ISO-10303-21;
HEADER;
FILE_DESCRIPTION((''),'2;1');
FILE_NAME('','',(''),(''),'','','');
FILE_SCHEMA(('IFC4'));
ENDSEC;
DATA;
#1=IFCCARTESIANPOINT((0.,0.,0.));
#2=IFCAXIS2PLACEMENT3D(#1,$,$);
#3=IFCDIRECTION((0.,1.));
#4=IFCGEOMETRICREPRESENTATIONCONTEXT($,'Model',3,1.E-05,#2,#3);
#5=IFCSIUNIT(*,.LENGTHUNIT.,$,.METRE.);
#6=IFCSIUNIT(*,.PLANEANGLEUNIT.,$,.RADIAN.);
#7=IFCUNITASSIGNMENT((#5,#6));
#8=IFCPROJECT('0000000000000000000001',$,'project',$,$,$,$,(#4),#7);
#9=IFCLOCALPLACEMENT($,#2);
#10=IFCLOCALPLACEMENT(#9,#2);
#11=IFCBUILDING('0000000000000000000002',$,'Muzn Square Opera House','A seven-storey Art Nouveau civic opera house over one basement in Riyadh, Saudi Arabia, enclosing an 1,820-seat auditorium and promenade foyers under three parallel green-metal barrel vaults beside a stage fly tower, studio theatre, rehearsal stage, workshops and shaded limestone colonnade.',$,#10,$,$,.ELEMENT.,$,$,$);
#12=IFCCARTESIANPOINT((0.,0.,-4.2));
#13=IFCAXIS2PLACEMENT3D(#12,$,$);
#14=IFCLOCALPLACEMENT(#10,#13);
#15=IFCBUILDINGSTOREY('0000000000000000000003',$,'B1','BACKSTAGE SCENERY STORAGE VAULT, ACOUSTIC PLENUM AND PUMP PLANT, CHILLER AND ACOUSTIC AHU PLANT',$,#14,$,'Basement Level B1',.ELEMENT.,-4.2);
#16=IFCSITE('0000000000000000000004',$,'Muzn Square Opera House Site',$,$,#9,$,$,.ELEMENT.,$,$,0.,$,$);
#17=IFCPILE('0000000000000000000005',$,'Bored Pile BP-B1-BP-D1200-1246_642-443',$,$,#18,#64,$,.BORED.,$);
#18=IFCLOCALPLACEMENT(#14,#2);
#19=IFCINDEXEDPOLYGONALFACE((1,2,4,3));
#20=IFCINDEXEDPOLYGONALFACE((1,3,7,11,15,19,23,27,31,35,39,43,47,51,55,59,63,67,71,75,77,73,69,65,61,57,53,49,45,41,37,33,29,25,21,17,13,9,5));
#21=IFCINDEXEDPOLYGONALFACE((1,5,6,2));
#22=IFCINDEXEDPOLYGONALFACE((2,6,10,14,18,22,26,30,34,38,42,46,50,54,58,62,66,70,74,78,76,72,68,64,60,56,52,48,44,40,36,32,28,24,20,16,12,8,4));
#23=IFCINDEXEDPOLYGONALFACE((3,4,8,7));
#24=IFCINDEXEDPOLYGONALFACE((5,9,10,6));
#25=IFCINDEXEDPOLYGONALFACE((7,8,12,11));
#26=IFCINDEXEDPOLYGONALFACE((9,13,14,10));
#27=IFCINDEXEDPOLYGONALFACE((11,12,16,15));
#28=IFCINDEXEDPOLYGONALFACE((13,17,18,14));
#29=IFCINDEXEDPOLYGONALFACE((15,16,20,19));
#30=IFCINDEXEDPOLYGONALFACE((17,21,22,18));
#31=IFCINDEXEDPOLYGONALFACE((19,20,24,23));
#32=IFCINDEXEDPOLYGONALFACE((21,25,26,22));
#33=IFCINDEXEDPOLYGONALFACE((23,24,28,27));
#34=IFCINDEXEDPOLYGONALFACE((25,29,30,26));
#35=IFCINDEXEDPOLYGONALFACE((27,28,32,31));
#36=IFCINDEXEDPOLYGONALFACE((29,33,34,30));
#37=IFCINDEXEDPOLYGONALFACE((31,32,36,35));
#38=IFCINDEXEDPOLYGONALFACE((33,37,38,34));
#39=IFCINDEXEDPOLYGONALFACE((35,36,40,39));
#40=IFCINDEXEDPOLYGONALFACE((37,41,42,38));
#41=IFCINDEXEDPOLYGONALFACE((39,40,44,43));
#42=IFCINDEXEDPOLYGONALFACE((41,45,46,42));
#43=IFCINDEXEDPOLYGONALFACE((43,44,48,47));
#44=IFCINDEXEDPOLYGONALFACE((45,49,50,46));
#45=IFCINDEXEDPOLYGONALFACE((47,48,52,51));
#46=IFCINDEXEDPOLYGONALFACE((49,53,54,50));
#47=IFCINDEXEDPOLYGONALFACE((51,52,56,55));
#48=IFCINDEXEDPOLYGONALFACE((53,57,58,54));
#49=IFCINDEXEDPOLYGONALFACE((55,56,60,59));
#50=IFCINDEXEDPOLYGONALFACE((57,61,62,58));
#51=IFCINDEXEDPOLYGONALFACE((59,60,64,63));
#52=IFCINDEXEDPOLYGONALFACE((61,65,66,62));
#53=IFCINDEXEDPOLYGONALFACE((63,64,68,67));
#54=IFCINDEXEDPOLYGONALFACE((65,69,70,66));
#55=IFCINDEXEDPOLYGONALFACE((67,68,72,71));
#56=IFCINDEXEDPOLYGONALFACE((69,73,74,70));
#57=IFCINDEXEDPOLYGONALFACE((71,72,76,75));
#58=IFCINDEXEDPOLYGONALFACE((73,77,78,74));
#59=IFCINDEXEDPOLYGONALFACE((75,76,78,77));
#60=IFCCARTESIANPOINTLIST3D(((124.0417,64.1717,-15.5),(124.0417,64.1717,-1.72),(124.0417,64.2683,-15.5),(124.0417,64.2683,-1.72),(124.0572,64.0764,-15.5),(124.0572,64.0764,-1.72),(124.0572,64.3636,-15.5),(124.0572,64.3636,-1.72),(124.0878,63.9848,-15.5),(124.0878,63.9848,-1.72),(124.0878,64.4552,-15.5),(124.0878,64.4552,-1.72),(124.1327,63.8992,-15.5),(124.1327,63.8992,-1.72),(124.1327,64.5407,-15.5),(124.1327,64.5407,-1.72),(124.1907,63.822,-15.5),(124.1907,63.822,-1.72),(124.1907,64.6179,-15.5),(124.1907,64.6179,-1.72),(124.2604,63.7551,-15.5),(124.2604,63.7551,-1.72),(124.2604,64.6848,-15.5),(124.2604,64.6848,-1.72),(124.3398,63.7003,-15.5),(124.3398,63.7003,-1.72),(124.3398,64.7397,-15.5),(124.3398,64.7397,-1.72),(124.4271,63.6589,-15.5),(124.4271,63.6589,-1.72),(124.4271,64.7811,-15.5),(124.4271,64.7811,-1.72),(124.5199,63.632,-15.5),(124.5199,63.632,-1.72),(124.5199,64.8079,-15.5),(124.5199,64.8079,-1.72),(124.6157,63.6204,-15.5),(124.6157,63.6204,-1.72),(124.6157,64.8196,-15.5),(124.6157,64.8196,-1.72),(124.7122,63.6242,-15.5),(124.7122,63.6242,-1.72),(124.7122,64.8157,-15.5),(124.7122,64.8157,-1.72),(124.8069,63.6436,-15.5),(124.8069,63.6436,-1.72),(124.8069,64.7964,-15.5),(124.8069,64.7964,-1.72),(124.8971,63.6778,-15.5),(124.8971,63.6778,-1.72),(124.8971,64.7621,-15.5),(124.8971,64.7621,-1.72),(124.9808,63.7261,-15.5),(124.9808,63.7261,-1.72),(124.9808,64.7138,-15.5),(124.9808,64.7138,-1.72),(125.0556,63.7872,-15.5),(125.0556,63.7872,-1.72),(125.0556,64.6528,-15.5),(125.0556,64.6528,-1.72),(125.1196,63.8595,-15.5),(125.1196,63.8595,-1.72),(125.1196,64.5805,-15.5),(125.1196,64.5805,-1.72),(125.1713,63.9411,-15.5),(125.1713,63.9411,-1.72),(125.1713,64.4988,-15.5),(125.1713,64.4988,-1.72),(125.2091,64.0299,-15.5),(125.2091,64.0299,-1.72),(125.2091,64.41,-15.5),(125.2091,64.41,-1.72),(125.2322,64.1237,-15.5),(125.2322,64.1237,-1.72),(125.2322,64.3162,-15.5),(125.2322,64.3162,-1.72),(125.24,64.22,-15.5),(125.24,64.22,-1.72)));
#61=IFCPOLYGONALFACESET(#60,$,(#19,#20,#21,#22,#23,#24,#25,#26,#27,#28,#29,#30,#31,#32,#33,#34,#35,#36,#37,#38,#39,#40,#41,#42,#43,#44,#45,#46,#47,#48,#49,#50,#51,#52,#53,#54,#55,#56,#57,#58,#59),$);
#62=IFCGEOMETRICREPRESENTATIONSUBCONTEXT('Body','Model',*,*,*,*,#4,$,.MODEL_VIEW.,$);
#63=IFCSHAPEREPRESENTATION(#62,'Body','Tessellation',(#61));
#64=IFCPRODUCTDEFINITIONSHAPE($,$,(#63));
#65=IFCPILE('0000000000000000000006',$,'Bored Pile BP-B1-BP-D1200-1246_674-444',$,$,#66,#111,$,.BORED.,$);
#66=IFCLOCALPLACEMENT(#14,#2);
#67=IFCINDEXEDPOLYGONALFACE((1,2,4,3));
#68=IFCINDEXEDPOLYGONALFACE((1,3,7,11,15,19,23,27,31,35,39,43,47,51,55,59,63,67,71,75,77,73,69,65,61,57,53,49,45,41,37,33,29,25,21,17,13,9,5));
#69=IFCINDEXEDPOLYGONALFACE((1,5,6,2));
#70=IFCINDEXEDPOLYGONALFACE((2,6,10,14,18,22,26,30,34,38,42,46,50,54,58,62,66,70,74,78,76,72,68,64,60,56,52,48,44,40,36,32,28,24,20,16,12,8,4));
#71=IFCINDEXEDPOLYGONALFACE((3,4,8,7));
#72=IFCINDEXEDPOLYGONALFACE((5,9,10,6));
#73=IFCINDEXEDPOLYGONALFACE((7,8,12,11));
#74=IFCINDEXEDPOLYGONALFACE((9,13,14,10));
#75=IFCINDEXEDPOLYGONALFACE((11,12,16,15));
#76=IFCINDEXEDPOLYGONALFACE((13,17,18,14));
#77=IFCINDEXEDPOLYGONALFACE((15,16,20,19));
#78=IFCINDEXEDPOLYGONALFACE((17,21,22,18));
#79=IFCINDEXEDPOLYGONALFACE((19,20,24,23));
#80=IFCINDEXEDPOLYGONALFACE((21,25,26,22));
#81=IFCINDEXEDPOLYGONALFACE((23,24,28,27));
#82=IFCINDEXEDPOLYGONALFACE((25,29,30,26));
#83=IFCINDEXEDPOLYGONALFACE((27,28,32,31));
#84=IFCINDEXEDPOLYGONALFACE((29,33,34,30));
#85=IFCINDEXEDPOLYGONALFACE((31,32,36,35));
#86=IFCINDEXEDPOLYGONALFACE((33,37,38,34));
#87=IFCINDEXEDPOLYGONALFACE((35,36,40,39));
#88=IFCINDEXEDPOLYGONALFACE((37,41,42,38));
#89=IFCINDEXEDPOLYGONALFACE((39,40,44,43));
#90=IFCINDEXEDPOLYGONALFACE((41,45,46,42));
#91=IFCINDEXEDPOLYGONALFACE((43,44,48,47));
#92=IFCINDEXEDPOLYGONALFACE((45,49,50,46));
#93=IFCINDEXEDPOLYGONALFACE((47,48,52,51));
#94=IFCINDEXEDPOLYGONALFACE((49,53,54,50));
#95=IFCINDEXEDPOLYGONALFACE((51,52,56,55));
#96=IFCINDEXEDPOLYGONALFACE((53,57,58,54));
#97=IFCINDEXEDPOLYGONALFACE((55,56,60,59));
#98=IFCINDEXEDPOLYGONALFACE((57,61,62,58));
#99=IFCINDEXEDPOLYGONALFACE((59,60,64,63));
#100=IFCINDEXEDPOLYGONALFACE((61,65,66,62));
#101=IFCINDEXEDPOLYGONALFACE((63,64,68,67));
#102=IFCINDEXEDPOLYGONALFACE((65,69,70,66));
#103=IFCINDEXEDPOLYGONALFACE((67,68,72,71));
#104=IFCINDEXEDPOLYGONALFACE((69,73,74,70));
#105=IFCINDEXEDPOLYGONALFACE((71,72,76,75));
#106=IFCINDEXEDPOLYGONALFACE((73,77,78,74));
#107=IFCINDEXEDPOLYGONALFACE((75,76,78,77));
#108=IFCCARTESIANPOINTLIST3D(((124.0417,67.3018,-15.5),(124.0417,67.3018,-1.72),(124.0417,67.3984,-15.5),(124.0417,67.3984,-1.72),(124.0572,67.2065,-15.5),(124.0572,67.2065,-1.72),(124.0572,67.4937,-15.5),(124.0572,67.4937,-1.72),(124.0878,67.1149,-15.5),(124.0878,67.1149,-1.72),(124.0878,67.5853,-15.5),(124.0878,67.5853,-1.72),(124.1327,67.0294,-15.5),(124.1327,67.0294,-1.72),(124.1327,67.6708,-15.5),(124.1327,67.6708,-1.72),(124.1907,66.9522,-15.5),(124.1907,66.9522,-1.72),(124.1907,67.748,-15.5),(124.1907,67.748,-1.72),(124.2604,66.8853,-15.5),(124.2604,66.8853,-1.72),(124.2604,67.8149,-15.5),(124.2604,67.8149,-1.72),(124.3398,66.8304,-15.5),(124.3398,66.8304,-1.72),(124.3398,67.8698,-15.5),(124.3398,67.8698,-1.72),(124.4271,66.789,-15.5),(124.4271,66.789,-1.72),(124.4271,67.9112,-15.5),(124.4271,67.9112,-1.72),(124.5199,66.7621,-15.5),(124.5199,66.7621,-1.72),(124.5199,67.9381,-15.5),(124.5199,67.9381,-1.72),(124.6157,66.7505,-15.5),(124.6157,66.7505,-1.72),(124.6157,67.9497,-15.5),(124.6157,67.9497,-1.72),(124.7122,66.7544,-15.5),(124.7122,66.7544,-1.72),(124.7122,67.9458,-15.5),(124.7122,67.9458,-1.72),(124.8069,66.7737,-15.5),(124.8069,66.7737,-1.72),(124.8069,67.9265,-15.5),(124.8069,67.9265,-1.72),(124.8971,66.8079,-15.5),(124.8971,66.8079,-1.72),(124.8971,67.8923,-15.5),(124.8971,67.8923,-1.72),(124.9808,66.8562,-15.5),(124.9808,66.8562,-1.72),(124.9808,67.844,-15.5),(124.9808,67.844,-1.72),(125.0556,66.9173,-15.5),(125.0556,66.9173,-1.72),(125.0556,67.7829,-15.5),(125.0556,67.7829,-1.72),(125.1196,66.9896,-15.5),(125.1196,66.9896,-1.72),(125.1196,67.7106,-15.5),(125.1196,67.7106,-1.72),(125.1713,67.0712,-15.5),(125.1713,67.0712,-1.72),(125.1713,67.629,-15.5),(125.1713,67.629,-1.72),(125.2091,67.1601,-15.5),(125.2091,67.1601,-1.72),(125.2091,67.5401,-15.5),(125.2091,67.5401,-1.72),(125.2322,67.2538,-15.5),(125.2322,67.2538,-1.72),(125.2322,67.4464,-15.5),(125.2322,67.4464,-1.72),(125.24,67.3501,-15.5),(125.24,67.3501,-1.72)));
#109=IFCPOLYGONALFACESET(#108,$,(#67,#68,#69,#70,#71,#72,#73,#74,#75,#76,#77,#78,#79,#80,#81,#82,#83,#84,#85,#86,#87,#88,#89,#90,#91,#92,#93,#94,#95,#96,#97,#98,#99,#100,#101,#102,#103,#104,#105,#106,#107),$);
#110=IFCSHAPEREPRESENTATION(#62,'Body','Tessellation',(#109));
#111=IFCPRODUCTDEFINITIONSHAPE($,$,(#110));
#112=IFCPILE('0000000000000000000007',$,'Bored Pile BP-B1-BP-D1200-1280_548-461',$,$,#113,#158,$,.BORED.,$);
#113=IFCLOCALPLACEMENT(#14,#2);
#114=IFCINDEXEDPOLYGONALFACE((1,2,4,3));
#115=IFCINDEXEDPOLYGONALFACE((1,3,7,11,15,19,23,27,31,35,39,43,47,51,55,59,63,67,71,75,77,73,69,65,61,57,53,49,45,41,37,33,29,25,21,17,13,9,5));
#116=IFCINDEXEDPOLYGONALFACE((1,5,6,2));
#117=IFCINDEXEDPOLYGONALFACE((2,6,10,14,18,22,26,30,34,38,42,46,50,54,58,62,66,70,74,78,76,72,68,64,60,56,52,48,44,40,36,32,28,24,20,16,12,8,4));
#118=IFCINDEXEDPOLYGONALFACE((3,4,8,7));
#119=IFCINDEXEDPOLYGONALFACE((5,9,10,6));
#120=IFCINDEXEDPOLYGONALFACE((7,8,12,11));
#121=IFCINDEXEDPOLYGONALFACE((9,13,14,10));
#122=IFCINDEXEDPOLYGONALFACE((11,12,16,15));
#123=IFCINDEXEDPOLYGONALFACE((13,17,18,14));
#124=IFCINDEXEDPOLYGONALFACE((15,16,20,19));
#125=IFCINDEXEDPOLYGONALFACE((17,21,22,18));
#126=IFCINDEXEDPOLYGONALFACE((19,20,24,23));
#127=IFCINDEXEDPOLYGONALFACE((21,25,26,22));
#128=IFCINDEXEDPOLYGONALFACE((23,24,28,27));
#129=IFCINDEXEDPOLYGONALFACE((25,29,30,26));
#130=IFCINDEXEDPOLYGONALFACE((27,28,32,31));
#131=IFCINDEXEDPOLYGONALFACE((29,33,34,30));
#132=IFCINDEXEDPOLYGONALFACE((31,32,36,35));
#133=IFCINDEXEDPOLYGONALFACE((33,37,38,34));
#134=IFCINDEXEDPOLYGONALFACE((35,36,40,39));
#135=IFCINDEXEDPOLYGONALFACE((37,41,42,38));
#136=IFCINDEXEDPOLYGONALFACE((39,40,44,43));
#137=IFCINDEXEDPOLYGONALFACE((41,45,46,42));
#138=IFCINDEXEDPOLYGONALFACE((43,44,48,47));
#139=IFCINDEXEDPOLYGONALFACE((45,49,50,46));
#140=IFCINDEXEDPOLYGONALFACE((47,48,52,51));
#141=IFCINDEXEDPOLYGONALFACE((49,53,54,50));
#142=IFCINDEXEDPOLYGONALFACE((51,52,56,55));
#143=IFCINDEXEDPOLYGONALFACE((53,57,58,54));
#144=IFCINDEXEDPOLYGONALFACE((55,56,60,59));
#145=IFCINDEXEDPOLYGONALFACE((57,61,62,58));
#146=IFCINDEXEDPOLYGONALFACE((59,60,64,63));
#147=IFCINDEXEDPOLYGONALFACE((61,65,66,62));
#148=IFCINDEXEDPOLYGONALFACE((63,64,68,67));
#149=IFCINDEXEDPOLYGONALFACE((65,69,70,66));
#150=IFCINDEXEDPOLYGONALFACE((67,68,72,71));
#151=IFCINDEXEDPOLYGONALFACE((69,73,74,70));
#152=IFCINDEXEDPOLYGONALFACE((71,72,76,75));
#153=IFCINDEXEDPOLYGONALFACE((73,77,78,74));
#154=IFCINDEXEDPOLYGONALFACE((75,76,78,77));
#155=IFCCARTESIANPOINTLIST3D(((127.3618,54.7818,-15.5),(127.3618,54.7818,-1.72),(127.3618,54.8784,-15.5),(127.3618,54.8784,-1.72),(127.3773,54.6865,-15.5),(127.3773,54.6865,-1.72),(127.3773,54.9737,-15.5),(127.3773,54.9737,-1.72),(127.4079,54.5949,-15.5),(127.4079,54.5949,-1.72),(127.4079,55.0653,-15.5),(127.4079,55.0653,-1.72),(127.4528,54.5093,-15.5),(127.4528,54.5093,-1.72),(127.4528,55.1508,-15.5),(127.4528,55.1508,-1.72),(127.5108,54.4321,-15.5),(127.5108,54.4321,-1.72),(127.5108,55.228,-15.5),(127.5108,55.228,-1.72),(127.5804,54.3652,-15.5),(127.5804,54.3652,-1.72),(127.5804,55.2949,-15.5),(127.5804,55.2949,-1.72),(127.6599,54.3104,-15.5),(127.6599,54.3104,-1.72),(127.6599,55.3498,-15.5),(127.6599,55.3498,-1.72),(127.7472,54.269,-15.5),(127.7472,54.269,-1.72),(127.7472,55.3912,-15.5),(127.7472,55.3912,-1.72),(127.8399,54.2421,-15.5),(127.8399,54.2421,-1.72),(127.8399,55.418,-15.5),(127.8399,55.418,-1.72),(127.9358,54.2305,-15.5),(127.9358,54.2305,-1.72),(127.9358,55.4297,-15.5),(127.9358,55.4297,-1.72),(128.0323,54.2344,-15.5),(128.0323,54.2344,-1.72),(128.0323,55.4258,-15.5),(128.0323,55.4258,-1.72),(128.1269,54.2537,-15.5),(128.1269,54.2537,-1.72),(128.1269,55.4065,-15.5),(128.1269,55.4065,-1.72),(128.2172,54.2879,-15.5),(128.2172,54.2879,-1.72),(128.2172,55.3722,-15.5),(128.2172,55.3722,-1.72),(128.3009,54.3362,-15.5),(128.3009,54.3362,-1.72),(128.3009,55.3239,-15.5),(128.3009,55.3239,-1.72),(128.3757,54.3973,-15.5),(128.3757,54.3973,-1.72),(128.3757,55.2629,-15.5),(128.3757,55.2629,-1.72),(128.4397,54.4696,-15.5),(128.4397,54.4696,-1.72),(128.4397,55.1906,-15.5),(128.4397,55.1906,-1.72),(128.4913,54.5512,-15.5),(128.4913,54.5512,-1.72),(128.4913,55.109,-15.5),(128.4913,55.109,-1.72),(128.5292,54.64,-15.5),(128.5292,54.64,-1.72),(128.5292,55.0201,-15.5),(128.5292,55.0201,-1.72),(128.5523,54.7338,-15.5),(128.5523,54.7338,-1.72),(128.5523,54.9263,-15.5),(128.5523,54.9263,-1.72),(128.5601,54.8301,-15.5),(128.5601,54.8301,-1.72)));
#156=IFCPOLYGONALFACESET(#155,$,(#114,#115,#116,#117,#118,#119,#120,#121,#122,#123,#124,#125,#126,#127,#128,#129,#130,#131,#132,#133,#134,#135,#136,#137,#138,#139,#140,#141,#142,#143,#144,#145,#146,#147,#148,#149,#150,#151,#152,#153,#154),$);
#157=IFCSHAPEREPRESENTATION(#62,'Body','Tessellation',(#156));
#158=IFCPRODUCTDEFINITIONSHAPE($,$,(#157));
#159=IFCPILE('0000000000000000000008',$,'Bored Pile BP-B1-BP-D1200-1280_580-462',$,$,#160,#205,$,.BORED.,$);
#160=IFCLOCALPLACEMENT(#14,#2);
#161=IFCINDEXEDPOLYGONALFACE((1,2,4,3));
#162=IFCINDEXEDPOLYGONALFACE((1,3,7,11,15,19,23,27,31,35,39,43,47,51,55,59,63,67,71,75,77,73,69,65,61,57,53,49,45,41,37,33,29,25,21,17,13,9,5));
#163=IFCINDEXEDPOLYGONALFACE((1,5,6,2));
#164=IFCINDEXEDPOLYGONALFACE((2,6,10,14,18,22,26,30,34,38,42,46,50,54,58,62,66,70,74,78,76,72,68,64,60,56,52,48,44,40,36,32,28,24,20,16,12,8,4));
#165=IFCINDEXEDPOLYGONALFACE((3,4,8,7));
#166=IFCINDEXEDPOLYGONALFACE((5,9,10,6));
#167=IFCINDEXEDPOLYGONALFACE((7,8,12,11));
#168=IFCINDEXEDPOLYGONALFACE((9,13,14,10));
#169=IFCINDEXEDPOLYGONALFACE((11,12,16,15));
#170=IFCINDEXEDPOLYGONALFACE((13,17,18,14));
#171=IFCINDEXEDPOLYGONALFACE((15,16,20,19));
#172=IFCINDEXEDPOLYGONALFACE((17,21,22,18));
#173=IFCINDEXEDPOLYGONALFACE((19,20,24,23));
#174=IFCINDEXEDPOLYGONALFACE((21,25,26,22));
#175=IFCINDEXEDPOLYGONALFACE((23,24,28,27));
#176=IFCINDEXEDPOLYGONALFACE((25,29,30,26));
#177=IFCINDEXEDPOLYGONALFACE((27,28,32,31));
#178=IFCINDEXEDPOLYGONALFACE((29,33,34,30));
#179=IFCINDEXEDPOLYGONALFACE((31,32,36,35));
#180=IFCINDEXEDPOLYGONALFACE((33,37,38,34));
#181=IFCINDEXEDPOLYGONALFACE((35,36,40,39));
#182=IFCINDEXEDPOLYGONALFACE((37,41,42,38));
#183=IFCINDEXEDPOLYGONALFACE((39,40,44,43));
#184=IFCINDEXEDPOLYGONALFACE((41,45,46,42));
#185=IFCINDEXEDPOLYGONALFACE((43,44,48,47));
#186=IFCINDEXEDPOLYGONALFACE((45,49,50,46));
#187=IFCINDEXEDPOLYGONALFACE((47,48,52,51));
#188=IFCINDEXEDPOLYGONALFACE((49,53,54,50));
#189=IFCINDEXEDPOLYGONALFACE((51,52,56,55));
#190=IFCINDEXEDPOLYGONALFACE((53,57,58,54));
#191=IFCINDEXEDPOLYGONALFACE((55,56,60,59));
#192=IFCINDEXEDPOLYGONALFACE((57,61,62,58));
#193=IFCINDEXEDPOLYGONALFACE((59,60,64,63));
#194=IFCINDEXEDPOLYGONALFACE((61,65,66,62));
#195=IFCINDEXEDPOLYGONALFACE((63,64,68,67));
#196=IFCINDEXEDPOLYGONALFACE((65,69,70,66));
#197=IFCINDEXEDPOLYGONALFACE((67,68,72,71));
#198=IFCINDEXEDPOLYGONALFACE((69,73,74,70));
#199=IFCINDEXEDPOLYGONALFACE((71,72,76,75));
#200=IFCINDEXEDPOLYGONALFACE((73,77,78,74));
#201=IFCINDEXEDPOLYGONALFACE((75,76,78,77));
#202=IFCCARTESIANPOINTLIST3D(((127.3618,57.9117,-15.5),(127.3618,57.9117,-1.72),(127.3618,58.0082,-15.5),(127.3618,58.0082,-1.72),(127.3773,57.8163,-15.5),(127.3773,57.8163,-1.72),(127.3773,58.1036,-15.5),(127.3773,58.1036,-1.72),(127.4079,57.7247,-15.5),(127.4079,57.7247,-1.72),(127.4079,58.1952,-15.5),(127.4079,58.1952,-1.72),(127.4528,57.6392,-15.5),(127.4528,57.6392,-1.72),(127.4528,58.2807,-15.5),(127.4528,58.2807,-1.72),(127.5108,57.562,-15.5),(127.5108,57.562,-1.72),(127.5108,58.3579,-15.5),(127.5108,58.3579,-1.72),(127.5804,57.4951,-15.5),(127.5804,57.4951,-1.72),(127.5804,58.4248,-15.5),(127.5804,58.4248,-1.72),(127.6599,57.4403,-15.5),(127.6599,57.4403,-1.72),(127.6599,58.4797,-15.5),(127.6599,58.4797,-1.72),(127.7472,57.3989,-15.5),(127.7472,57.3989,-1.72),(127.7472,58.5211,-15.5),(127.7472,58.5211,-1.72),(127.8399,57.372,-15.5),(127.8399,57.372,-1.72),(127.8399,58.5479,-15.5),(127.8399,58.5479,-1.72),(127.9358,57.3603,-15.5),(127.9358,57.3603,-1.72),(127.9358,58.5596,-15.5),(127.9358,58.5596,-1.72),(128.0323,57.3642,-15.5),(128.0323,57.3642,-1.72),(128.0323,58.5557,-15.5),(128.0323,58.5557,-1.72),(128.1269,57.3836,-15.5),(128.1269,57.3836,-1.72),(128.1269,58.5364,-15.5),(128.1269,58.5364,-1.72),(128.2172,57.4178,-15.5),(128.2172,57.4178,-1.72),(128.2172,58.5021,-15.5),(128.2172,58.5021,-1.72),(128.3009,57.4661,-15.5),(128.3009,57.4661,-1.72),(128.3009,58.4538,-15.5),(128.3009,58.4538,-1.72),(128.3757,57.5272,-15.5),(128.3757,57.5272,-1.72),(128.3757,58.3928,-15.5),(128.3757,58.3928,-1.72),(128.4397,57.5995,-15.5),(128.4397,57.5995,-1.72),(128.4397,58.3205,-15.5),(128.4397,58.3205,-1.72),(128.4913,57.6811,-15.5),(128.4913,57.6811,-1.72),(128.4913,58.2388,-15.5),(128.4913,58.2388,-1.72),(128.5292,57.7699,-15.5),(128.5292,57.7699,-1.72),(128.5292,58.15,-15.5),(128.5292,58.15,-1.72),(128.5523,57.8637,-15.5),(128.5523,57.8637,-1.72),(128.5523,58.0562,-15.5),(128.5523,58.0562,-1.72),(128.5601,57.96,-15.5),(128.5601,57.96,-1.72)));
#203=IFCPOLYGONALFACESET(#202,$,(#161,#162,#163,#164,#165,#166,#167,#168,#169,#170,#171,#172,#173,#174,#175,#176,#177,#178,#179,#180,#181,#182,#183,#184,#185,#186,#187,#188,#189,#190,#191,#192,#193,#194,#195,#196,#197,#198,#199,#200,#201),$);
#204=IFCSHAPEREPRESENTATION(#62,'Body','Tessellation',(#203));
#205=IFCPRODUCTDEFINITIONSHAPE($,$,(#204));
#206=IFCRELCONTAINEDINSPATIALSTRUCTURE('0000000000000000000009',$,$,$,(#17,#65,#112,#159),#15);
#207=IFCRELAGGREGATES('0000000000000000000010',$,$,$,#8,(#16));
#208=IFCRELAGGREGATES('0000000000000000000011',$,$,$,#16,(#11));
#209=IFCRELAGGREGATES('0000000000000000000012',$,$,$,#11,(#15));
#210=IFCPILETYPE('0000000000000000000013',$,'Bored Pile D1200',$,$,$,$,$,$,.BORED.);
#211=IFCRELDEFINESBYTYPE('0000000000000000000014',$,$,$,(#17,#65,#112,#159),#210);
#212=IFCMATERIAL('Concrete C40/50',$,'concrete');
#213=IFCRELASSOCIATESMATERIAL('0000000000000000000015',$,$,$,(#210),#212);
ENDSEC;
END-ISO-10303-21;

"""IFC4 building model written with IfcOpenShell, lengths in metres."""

from ifc_helpers import new_model, si_unit, direction, frame, origin, origin_2d, place, context, subcontext, project, spatial, circle, extrude, material, material_profile, profile_set, type_object, element, save


model = new_model("IFC4")

# Units and contexts
model_context = context("Model", 3, precision=1e-05, world=origin(), true_north=direction((0.0, 1.0)))
body_context = subcontext(model_context, "Body", "Model", "MODEL_VIEW")
ifc_project = project(units=[si_unit("LENGTHUNIT", "METRE"), si_unit("PLANEANGLEUNIT", "RADIAN")], contexts=[model_context])

# Site, building, storey
site_placement = place(None, origin())
site = spatial("IfcSite", under=ifc_project, at=site_placement, Name="Muzn Square Opera House Site", CompositionType="ELEMENT", RefElevation=0.0)
building_placement = place(site_placement, origin())
building = spatial("IfcBuilding", under=site, at=building_placement, Name="Muzn Square Opera House", Description="A seven-storey Art Nouveau civic opera house over one basement in Riyadh, Saudi Arabia, enclosing an 1,820-seat auditorium and promenade foyers under three parallel green-metal barrel vaults beside a stage fly tower, studio theatre, rehearsal stage, workshops and shaded limestone colonnade.", CompositionType="ELEMENT")
storey_placement = place(building_placement, frame((0.0, 0.0, -4.2)))
storey = spatial("IfcBuildingStorey", under=building, at=storey_placement, Name="B1", Description="BACKSTAGE SCENERY STORAGE VAULT, ACOUSTIC PLENUM AND PUMP PLANT, CHILLER AND ACOUSTIC AHU PLANT", LongName="Basement Level B1", CompositionType="ELEMENT", Elevation=-4.2)

# Piles
ifc_material_1 = material(Name="Concrete C40/50", Category="concrete")
ifc_material_profile_1 = material_profile(ifc_material_1, circle(Radius=0.6001, at=origin_2d()), Name="BORED PILE D1200", Category="concrete")
ifc_profile_set_1 = profile_set([ifc_material_profile_1], Name="Concrete C40/50")
pile_type = type_object("IfcPileType", Name="Bored Pile D1200", PredefinedType="BORED", material=ifc_profile_set_1)
for number, where, z_axis, x_axis, name in (
    (1, (124.6399, 64.22, -1.72), (0.0, 0.0, -1.0), (1.0, 0.0, 0.0), "Bored Pile BP-B1-BP-D1200-1246_642-443"),
    (2, (124.6399, 67.3501, -1.72), (0.0, 0.0, -1.0), (1.0, 0.0, 0.0), "Bored Pile BP-B1-BP-D1200-1246_674-444"),
    (3, (127.96, 54.8301, -1.72), (0.0, 0.0, -1.0), (1.0, 0.0, 0.0), "Bored Pile BP-B1-BP-D1200-1280_548-461"),
    (4, (127.96, 57.96, -1.72), (0.0, 0.0, -1.0), (1.0, 0.0, 0.0), "Bored Pile BP-B1-BP-D1200-1280_580-462"),
):
    element("IfcPile", number, at=place(storey_placement, frame(where, z_axis=z_axis, x_axis=x_axis)), inside=storey, type_object=pile_type, Name=name, PredefinedType="BORED", context=body_context, shape_type="SweptSolid", body=[
        extrude(circle(Radius=0.6001, at=origin_2d()), origin(), (0.0, 0.0, 1.0), 13.78),
    ])

save(model, "model.ifc")
